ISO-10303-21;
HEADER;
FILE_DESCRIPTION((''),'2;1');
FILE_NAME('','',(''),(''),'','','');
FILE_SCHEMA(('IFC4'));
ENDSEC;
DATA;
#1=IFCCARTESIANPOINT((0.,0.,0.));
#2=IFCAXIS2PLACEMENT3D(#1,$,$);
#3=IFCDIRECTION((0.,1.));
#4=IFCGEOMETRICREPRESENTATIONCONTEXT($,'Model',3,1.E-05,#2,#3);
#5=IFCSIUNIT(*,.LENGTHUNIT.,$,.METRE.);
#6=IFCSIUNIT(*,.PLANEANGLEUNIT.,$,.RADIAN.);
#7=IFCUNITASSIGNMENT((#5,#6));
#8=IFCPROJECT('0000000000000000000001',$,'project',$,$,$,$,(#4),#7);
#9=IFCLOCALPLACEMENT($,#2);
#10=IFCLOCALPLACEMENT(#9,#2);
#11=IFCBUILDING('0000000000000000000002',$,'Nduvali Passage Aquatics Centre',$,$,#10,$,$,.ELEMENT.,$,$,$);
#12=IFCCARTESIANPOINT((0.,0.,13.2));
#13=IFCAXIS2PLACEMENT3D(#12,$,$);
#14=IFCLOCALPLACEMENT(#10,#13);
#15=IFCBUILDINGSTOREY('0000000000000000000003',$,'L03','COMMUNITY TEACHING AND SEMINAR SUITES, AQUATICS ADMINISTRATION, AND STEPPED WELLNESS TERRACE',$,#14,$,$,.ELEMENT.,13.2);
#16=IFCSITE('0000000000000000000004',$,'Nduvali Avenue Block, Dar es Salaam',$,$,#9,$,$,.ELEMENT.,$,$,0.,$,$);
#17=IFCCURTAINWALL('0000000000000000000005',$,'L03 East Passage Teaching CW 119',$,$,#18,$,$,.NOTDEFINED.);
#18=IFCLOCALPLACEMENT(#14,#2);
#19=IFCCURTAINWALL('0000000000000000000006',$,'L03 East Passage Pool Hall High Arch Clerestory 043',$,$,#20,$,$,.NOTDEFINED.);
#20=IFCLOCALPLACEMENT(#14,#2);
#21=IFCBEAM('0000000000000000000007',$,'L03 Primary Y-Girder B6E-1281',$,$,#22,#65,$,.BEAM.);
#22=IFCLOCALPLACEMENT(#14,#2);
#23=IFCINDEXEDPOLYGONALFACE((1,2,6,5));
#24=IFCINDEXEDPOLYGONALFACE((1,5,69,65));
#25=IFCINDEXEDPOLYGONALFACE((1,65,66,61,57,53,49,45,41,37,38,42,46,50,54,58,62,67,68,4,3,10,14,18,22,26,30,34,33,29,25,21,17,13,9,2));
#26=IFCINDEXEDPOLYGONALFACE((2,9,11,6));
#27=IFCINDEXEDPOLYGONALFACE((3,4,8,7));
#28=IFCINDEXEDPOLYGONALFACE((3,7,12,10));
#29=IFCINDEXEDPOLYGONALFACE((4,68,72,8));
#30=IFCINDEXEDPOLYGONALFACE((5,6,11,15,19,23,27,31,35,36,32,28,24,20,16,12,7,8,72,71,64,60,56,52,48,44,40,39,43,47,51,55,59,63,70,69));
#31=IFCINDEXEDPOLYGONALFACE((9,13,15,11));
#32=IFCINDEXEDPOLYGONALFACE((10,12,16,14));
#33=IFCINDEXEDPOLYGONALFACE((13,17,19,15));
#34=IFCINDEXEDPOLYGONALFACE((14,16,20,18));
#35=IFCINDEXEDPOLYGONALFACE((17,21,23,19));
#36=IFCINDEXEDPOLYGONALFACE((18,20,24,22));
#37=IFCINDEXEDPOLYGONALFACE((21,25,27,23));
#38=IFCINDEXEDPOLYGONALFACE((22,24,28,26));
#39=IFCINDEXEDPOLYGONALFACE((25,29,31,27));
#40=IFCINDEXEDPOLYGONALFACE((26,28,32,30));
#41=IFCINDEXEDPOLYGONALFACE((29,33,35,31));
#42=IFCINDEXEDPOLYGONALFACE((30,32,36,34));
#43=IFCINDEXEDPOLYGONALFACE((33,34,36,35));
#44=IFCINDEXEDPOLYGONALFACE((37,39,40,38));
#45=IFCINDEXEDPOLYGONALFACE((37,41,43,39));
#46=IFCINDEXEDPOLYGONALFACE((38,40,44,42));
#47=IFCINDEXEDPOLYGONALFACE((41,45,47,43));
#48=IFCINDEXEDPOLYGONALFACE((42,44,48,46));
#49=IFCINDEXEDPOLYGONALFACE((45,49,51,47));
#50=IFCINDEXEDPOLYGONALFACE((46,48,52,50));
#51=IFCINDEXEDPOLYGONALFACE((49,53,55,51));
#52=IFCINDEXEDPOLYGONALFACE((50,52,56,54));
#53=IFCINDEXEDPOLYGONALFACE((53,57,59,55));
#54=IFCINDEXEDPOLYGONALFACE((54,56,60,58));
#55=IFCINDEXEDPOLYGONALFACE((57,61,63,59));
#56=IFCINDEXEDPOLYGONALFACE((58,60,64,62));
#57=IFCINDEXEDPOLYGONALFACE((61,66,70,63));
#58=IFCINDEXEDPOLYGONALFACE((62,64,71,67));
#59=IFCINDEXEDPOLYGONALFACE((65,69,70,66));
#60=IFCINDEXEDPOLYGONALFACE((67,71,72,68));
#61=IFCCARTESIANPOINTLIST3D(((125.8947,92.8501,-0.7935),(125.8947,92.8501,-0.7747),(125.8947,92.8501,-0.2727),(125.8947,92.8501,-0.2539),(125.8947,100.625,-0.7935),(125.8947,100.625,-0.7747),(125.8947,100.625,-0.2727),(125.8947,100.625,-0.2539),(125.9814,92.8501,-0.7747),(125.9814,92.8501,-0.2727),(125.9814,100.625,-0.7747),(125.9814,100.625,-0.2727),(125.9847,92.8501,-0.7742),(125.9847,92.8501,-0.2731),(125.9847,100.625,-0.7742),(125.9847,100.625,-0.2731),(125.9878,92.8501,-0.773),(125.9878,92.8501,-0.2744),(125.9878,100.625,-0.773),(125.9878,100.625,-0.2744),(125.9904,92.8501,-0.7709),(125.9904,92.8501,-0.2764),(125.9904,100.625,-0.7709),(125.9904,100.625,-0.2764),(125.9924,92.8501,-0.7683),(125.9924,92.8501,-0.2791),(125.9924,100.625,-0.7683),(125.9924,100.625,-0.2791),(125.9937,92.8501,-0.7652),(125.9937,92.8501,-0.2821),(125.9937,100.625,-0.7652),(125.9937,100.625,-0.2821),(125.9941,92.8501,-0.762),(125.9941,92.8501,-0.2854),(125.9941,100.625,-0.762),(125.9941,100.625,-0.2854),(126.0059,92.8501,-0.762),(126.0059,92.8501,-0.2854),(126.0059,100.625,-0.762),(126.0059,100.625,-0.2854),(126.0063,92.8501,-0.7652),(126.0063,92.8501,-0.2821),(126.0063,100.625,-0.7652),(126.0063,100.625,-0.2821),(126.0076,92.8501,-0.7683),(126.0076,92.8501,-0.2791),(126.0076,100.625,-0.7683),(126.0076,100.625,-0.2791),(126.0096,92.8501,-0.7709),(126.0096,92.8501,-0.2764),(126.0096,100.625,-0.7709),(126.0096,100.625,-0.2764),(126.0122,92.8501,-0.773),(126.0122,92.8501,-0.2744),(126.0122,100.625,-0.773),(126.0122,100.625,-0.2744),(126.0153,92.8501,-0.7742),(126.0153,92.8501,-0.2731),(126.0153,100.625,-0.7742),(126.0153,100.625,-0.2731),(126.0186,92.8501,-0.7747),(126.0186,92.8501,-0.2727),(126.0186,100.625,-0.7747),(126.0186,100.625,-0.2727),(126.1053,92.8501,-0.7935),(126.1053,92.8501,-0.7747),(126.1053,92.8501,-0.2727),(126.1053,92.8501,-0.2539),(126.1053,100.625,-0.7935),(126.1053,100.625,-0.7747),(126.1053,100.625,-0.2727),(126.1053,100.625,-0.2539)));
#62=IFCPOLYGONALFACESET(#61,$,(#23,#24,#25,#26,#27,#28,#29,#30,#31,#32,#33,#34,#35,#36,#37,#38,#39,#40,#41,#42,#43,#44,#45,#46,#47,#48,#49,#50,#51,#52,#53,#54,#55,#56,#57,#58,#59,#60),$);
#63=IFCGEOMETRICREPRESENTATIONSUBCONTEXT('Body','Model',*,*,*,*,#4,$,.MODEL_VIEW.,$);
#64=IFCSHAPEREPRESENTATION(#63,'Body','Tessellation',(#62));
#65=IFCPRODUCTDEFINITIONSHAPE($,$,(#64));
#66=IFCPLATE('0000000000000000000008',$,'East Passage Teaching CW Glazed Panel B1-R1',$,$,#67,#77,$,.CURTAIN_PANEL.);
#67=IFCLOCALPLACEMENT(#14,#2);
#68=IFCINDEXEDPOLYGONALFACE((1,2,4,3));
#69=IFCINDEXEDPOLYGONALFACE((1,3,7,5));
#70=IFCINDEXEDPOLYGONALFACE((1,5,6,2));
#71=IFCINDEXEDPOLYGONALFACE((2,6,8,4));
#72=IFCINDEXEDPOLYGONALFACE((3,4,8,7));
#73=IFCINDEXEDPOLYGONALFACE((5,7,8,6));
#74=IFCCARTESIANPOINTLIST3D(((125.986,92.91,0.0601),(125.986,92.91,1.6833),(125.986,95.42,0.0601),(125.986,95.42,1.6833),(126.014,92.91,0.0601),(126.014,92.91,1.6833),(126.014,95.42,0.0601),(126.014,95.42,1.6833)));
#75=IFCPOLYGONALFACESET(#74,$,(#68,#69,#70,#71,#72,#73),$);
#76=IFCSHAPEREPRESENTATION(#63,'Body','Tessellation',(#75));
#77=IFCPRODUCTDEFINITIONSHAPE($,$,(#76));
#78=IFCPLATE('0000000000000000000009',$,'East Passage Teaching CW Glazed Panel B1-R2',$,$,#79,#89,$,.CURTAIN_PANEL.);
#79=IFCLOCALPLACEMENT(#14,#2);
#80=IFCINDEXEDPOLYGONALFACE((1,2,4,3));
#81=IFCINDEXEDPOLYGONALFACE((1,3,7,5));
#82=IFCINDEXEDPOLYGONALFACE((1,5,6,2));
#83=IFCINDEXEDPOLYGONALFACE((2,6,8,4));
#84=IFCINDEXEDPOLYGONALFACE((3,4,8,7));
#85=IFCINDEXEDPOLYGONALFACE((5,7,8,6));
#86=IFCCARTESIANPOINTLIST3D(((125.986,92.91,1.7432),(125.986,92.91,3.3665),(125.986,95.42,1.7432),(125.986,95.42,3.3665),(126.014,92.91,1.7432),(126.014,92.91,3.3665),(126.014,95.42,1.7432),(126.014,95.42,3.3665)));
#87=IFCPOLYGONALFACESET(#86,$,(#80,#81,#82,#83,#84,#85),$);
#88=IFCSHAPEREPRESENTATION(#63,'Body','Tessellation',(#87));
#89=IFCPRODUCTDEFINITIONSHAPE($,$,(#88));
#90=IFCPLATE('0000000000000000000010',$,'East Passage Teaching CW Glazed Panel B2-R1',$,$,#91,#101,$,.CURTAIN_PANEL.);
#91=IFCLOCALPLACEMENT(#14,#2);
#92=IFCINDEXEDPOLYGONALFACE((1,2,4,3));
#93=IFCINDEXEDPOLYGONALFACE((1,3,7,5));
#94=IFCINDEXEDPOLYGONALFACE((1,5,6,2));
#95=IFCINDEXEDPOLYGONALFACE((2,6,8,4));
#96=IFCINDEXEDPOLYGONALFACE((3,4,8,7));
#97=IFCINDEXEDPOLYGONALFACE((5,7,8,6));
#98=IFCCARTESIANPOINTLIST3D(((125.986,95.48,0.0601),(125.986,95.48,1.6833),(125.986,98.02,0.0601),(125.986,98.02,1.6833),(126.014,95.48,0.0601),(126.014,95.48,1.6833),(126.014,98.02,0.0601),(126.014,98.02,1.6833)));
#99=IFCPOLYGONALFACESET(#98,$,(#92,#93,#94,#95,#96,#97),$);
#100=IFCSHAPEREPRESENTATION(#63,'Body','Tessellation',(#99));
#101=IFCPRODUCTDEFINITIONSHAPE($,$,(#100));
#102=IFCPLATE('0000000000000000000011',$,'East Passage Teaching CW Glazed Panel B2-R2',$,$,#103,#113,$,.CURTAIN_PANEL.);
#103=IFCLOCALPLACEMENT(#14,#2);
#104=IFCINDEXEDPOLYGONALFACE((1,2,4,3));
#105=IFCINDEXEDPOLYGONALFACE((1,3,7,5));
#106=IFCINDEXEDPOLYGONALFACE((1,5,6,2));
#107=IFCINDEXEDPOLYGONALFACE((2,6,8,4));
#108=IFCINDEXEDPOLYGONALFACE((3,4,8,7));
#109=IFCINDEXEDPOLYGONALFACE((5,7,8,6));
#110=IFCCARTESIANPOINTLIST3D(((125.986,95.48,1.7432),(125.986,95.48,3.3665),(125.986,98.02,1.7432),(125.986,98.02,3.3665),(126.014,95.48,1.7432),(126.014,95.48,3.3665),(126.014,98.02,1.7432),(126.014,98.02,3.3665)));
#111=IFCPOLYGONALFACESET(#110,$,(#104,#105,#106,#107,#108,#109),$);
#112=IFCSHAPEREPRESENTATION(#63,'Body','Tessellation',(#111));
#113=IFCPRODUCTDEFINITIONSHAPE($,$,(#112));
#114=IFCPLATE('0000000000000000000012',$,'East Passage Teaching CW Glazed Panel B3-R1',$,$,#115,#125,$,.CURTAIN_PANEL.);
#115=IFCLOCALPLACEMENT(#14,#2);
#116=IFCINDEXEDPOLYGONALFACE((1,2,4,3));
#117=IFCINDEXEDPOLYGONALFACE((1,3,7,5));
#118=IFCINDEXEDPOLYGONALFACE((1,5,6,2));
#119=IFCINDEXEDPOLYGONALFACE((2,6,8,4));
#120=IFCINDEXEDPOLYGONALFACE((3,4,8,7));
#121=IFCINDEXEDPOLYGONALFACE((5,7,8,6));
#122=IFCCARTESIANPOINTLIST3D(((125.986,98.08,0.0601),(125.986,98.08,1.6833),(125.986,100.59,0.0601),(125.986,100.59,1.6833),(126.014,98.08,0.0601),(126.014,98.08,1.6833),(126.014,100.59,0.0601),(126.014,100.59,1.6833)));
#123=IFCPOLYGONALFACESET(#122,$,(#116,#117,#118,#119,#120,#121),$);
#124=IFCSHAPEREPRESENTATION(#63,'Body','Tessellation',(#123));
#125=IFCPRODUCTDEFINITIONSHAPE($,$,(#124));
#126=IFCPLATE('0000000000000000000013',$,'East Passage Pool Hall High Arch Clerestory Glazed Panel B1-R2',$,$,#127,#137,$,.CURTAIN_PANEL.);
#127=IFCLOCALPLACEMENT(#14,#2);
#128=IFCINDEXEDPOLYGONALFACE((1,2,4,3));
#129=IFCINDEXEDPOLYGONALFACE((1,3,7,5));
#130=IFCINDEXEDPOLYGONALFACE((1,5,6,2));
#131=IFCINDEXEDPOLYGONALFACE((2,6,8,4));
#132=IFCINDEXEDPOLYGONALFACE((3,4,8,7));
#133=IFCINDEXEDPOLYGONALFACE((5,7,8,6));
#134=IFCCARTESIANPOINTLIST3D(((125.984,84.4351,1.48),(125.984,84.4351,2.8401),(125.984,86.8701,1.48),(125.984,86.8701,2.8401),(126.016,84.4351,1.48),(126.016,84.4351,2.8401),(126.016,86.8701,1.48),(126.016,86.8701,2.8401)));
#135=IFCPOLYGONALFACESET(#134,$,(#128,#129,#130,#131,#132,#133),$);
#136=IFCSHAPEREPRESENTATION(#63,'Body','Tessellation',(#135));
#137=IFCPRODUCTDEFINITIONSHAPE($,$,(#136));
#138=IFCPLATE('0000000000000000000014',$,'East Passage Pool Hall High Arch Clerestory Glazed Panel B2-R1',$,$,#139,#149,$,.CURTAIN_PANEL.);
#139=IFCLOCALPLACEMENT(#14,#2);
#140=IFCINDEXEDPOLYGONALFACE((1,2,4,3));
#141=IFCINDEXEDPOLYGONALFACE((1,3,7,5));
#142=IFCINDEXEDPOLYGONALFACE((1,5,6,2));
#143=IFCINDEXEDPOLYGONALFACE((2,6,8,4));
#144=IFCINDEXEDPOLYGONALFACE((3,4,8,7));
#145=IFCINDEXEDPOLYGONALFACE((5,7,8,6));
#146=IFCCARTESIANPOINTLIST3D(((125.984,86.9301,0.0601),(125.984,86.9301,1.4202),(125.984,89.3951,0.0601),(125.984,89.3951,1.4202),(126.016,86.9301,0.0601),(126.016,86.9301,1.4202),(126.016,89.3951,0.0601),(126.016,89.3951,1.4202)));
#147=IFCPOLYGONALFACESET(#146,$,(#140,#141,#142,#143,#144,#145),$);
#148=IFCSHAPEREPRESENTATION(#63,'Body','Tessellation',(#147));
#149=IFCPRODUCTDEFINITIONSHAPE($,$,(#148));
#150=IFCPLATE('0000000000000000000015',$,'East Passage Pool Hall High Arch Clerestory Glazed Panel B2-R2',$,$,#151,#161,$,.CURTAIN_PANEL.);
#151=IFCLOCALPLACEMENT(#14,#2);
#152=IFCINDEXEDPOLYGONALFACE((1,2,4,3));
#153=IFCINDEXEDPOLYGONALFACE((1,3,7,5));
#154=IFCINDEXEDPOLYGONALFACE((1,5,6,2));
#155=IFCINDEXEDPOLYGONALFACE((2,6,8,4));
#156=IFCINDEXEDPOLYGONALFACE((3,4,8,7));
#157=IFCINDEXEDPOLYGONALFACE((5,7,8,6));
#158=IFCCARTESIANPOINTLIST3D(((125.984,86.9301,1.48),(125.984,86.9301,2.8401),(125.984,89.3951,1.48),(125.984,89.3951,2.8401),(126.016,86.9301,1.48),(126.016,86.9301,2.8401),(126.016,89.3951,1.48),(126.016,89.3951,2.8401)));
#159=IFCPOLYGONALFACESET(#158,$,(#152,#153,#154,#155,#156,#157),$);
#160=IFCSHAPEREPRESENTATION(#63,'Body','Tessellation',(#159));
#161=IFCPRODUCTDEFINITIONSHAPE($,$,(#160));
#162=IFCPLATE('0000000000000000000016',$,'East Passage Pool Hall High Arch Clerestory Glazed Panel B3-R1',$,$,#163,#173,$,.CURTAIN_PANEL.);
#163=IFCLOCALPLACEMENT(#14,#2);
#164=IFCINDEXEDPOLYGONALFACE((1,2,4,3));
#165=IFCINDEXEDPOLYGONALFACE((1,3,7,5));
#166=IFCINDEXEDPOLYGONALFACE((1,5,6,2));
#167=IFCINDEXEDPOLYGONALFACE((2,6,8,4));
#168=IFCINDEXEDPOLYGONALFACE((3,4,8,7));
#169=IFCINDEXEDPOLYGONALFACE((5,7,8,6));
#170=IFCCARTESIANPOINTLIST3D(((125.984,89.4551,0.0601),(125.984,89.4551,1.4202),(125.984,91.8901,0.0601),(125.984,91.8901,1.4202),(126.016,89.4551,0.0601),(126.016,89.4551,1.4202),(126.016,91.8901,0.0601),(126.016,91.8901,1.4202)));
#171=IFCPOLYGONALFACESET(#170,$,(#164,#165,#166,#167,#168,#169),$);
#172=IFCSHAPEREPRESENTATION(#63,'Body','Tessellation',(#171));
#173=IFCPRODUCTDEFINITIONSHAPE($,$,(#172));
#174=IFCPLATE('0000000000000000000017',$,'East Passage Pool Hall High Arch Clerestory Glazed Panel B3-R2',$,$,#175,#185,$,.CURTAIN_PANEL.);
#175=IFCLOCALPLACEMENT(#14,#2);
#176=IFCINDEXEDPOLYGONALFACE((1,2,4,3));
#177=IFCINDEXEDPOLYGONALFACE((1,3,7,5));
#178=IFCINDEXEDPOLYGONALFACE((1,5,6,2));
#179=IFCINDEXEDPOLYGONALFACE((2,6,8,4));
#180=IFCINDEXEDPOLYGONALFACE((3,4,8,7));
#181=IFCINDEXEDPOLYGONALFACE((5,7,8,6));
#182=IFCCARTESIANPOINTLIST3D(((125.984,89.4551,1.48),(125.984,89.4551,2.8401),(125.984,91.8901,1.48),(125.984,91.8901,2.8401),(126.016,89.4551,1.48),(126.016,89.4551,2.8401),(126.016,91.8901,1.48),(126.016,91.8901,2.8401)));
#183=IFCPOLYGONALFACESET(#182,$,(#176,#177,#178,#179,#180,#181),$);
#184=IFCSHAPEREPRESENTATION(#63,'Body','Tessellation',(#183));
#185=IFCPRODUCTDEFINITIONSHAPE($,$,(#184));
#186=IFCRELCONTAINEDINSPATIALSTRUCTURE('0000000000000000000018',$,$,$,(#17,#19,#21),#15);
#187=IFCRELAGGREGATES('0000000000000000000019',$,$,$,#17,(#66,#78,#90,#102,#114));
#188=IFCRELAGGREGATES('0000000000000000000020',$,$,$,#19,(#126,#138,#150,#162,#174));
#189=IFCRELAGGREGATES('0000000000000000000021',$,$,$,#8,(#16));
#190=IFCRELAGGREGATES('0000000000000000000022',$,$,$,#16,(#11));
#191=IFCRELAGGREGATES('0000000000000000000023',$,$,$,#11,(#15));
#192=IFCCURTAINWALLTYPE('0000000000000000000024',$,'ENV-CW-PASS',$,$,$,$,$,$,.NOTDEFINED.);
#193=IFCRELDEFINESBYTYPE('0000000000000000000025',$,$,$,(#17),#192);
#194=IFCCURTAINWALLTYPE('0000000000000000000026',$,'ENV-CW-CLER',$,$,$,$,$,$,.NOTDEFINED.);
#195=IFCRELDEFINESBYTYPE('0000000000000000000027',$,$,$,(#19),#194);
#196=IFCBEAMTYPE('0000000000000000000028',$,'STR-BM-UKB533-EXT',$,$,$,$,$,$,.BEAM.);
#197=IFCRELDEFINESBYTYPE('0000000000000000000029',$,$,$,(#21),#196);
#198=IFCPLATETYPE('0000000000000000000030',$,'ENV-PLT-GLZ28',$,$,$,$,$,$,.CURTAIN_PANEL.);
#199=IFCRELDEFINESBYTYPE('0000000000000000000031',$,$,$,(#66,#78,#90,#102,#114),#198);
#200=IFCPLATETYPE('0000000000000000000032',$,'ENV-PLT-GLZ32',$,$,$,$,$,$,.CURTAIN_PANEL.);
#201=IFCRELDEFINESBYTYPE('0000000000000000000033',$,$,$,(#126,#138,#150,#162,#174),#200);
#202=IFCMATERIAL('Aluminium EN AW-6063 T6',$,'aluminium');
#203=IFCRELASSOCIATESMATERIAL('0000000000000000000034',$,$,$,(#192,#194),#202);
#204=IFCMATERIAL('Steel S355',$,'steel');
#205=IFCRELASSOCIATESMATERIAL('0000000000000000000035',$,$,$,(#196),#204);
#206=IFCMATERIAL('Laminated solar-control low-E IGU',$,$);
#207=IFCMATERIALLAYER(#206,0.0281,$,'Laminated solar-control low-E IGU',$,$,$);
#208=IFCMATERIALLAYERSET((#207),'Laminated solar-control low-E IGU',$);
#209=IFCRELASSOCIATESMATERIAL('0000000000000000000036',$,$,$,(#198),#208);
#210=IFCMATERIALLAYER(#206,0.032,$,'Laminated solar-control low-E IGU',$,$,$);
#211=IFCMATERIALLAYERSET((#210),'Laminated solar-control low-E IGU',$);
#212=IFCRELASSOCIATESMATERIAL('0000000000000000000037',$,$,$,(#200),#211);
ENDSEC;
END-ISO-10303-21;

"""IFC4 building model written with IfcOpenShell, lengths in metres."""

from ifc_helpers import new_model, si_unit, direction, frame, origin, origin_2d, place, context, subcontext, project, spatial, rectangle, i_section, extrude, material, layer, layer_set, material_profile, profile_set, type_object, element, aggregate, save


model = new_model("IFC4")

# Units and contexts
model_context = context("Model", 3, precision=1e-05, world=origin(), true_north=direction((0.0, 1.0)))
body_context = subcontext(model_context, "Body", "Model", "MODEL_VIEW")
ifc_project = project(units=[si_unit("LENGTHUNIT", "METRE"), si_unit("PLANEANGLEUNIT", "RADIAN")], contexts=[model_context])

# Site, building, storey
site_placement = place(None, origin())
site = spatial("IfcSite", under=ifc_project, at=site_placement, Name="Nduvali Avenue Block, Dar es Salaam", CompositionType="ELEMENT", RefElevation=0.0)
building_placement = place(site_placement, origin())
building = spatial("IfcBuilding", under=site, at=building_placement, Name="Nduvali Passage Aquatics Centre", CompositionType="ELEMENT")
storey_placement = place(building_placement, frame((0.0, 0.0, 13.2)))
storey = spatial("IfcBuildingStorey", under=building, at=storey_placement, Name="L03", Description="COMMUNITY TEACHING AND SEMINAR SUITES, AQUATICS ADMINISTRATION, AND STEPPED WELLNESS TERRACE", CompositionType="ELEMENT", Elevation=13.2)

# Curtain walls
ifc_material_1 = material(Name="Aluminium EN AW-6063 T6", Category="aluminium")
curtain_wall_type_1 = type_object("IfcCurtainWallType", Name="ENV-CW-PASS", PredefinedType="NOTDEFINED", material=ifc_material_1)
curtain_wall_1_placement = place(storey_placement, origin())
curtain_wall_1 = element("IfcCurtainWall", 1, at=curtain_wall_1_placement, inside=storey, type_object=curtain_wall_type_1, Name="L03 East Passage Teaching CW 119", PredefinedType="NOTDEFINED")
curtain_wall_type_2 = type_object("IfcCurtainWallType", Name="ENV-CW-CLER", PredefinedType="NOTDEFINED", material=ifc_material_1)
curtain_wall_2_placement = place(storey_placement, origin())
curtain_wall_2 = element("IfcCurtainWall", 2, at=curtain_wall_2_placement, inside=storey, type_object=curtain_wall_type_2, Name="L03 East Passage Pool Hall High Arch Clerestory 043", PredefinedType="NOTDEFINED")

# Beam
ifc_material_2 = material(Name="Steel S355", Category="steel")
ifc_material_profile_1 = material_profile(ifc_material_2, i_section(OverallWidth=0.2107, OverallDepth=0.5396, WebThickness=0.0117, FlangeThickness=0.0188, FilletRadius=0.0127, at=origin_2d()), Name="UKB 533x210x109")
ifc_profile_set_1 = profile_set([ifc_material_profile_1], Name="Steel S355")
beam_type = type_object("IfcBeamType", Name="STR-BM-UKB533-EXT", PredefinedType="BEAM", material=ifc_profile_set_1)
beam_placement = place(storey_placement, frame((126.0, 92.8501, -0.5237), z_axis=(0.0, 1.0, 0.0), x_axis=(-1.0, 0.0, 0.0)))
element("IfcBeam", 3, at=beam_placement, inside=storey, type_object=beam_type, Name="L03 Primary Y-Girder B6E-1281", PredefinedType="BEAM", context=body_context, shape_type="SweptSolid", body=[
    extrude(i_section(OverallWidth=0.2107, OverallDepth=0.5396, WebThickness=0.0117, FlangeThickness=0.0188, FilletRadius=0.0127, at=origin_2d()), origin(), (0.0, 0.0, 1.0), 7.7749),
])

# Plates
ifc_material_3 = material(Name="Laminated solar-control low-E IGU")
ifc_layer_1 = layer(ifc_material_3, 0.0281, Name="Laminated solar-control low-E IGU")
ifc_layer_set_1 = layer_set([ifc_layer_1], Name="Laminated solar-control low-E IGU")
plate_type_1 = type_object("IfcPlateType", Name="ENV-PLT-GLZ28", PredefinedType="CURTAIN_PANEL", material=ifc_layer_set_1)
plate_1_placement = place(storey_placement, frame((126.0, 94.165, 0.0601), z_axis=(0.0, 0.0, 1.0), x_axis=(0.0, 1.0, 0.0)))
plate_1 = element("IfcPlate", 4, at=plate_1_placement, type_object=plate_type_1, Name="East Passage Teaching CW Glazed Panel B1-R1", PredefinedType="CURTAIN_PANEL", context=body_context, shape_type="SweptSolid", body=[
    extrude(rectangle(XDim=2.51, YDim=0.0281, at=origin_2d()), origin(), (0.0, 0.0, 1.0), 1.6233),
])
plate_2_placement = place(storey_placement, frame((126.0, 94.165, 1.7432), z_axis=(0.0, 0.0, 1.0), x_axis=(0.0, 1.0, 0.0)))
plate_2 = element("IfcPlate", 5, at=plate_2_placement, type_object=plate_type_1, Name="East Passage Teaching CW Glazed Panel B1-R2", PredefinedType="CURTAIN_PANEL", context=body_context, shape_type="SweptSolid", body=[
    extrude(rectangle(XDim=2.51, YDim=0.0281, at=origin_2d()), origin(), (0.0, 0.0, 1.0), 1.6233),
])
plate_3_placement = place(storey_placement, frame((126.0, 96.75, 0.0601), z_axis=(0.0, 0.0, 1.0), x_axis=(0.0, 1.0, 0.0)))
plate_3 = element("IfcPlate", 6, at=plate_3_placement, type_object=plate_type_1, Name="East Passage Teaching CW Glazed Panel B2-R1", PredefinedType="CURTAIN_PANEL", context=body_context, shape_type="SweptSolid", body=[
    extrude(rectangle(XDim=2.54, YDim=0.0281, at=origin_2d()), origin(), (0.0, 0.0, 1.0), 1.6233),
])
plate_4_placement = place(storey_placement, frame((126.0, 96.75, 1.7432), z_axis=(0.0, 0.0, 1.0), x_axis=(0.0, 1.0, 0.0)))
plate_4 = element("IfcPlate", 7, at=plate_4_placement, type_object=plate_type_1, Name="East Passage Teaching CW Glazed Panel B2-R2", PredefinedType="CURTAIN_PANEL", context=body_context, shape_type="SweptSolid", body=[
    extrude(rectangle(XDim=2.54, YDim=0.0281, at=origin_2d()), origin(), (0.0, 0.0, 1.0), 1.6233),
])
plate_5_placement = place(storey_placement, frame((126.0, 99.335, 0.0601), z_axis=(0.0, 0.0, 1.0), x_axis=(0.0, 1.0, 0.0)))
plate_5 = element("IfcPlate", 8, at=plate_5_placement, type_object=plate_type_1, Name="East Passage Teaching CW Glazed Panel B3-R1", PredefinedType="CURTAIN_PANEL", context=body_context, shape_type="SweptSolid", body=[
    extrude(rectangle(XDim=2.51, YDim=0.0281, at=origin_2d()), origin(), (0.0, 0.0, 1.0), 1.6233),
])
aggregate(curtain_wall_1, [plate_1, plate_2, plate_3, plate_4, plate_5])
ifc_layer_2 = layer(ifc_material_3, 0.032, Name="Laminated solar-control low-E IGU")
ifc_layer_set_2 = layer_set([ifc_layer_2], Name="Laminated solar-control low-E IGU")
plate_type_2 = type_object("IfcPlateType", Name="ENV-PLT-GLZ32", PredefinedType="CURTAIN_PANEL", material=ifc_layer_set_2)
plate_6_placement = place(storey_placement, frame((126.0, 85.6526, 1.48), z_axis=(0.0, 0.0, 1.0), x_axis=(0.0, 1.0, 0.0)))
plate_6 = element("IfcPlate", 9, at=plate_6_placement, type_object=plate_type_2, Name="East Passage Pool Hall High Arch Clerestory Glazed Panel B1-R2", PredefinedType="CURTAIN_PANEL", context=body_context, shape_type="SweptSolid", body=[
    extrude(rectangle(XDim=2.4351, YDim=0.032, at=origin_2d()), origin(), (0.0, 0.0, 1.0), 1.3601),
])
plate_7_placement = place(storey_placement, frame((126.0, 88.1626, 0.0601), z_axis=(0.0, 0.0, 1.0), x_axis=(0.0, 1.0, 0.0)))
plate_7 = element("IfcPlate", 10, at=plate_7_placement, type_object=plate_type_2, Name="East Passage Pool Hall High Arch Clerestory Glazed Panel B2-R1", PredefinedType="CURTAIN_PANEL", context=body_context, shape_type="SweptSolid", body=[
    extrude(rectangle(XDim=2.4651, YDim=0.032, at=origin_2d()), origin(), (0.0, 0.0, 1.0), 1.3601),
])
plate_8_placement = place(storey_placement, frame((126.0, 88.1626, 1.48), z_axis=(0.0, 0.0, 1.0), x_axis=(0.0, 1.0, 0.0)))
plate_8 = element("IfcPlate", 11, at=plate_8_placement, type_object=plate_type_2, Name="East Passage Pool Hall High Arch Clerestory Glazed Panel B2-R2", PredefinedType="CURTAIN_PANEL", context=body_context, shape_type="SweptSolid", body=[
    extrude(rectangle(XDim=2.4651, YDim=0.032, at=origin_2d()), origin(), (0.0, 0.0, 1.0), 1.3601),
])
plate_9_placement = place(storey_placement, frame((126.0, 90.6726, 0.0601), z_axis=(0.0, 0.0, 1.0), x_axis=(0.0, 1.0, 0.0)))
plate_9 = element("IfcPlate", 12, at=plate_9_placement, type_object=plate_type_2, Name="East Passage Pool Hall High Arch Clerestory Glazed Panel B3-R1", PredefinedType="CURTAIN_PANEL", context=body_context, shape_type="SweptSolid", body=[
    extrude(rectangle(XDim=2.4351, YDim=0.032, at=origin_2d()), origin(), (0.0, 0.0, 1.0), 1.3601),
])
plate_10_placement = place(storey_placement, frame((126.0, 90.6726, 1.48), z_axis=(0.0, 0.0, 1.0), x_axis=(0.0, 1.0, 0.0)))
plate_10 = element("IfcPlate", 13, at=plate_10_placement, type_object=plate_type_2, Name="East Passage Pool Hall High Arch Clerestory Glazed Panel B3-R2", PredefinedType="CURTAIN_PANEL", context=body_context, shape_type="SweptSolid", body=[
    extrude(rectangle(XDim=2.4351, YDim=0.032, at=origin_2d()), origin(), (0.0, 0.0, 1.0), 1.3601),
])
aggregate(curtain_wall_2, [plate_6, plate_7, plate_8, plate_9, plate_10])

save(model, "model.ifc")
